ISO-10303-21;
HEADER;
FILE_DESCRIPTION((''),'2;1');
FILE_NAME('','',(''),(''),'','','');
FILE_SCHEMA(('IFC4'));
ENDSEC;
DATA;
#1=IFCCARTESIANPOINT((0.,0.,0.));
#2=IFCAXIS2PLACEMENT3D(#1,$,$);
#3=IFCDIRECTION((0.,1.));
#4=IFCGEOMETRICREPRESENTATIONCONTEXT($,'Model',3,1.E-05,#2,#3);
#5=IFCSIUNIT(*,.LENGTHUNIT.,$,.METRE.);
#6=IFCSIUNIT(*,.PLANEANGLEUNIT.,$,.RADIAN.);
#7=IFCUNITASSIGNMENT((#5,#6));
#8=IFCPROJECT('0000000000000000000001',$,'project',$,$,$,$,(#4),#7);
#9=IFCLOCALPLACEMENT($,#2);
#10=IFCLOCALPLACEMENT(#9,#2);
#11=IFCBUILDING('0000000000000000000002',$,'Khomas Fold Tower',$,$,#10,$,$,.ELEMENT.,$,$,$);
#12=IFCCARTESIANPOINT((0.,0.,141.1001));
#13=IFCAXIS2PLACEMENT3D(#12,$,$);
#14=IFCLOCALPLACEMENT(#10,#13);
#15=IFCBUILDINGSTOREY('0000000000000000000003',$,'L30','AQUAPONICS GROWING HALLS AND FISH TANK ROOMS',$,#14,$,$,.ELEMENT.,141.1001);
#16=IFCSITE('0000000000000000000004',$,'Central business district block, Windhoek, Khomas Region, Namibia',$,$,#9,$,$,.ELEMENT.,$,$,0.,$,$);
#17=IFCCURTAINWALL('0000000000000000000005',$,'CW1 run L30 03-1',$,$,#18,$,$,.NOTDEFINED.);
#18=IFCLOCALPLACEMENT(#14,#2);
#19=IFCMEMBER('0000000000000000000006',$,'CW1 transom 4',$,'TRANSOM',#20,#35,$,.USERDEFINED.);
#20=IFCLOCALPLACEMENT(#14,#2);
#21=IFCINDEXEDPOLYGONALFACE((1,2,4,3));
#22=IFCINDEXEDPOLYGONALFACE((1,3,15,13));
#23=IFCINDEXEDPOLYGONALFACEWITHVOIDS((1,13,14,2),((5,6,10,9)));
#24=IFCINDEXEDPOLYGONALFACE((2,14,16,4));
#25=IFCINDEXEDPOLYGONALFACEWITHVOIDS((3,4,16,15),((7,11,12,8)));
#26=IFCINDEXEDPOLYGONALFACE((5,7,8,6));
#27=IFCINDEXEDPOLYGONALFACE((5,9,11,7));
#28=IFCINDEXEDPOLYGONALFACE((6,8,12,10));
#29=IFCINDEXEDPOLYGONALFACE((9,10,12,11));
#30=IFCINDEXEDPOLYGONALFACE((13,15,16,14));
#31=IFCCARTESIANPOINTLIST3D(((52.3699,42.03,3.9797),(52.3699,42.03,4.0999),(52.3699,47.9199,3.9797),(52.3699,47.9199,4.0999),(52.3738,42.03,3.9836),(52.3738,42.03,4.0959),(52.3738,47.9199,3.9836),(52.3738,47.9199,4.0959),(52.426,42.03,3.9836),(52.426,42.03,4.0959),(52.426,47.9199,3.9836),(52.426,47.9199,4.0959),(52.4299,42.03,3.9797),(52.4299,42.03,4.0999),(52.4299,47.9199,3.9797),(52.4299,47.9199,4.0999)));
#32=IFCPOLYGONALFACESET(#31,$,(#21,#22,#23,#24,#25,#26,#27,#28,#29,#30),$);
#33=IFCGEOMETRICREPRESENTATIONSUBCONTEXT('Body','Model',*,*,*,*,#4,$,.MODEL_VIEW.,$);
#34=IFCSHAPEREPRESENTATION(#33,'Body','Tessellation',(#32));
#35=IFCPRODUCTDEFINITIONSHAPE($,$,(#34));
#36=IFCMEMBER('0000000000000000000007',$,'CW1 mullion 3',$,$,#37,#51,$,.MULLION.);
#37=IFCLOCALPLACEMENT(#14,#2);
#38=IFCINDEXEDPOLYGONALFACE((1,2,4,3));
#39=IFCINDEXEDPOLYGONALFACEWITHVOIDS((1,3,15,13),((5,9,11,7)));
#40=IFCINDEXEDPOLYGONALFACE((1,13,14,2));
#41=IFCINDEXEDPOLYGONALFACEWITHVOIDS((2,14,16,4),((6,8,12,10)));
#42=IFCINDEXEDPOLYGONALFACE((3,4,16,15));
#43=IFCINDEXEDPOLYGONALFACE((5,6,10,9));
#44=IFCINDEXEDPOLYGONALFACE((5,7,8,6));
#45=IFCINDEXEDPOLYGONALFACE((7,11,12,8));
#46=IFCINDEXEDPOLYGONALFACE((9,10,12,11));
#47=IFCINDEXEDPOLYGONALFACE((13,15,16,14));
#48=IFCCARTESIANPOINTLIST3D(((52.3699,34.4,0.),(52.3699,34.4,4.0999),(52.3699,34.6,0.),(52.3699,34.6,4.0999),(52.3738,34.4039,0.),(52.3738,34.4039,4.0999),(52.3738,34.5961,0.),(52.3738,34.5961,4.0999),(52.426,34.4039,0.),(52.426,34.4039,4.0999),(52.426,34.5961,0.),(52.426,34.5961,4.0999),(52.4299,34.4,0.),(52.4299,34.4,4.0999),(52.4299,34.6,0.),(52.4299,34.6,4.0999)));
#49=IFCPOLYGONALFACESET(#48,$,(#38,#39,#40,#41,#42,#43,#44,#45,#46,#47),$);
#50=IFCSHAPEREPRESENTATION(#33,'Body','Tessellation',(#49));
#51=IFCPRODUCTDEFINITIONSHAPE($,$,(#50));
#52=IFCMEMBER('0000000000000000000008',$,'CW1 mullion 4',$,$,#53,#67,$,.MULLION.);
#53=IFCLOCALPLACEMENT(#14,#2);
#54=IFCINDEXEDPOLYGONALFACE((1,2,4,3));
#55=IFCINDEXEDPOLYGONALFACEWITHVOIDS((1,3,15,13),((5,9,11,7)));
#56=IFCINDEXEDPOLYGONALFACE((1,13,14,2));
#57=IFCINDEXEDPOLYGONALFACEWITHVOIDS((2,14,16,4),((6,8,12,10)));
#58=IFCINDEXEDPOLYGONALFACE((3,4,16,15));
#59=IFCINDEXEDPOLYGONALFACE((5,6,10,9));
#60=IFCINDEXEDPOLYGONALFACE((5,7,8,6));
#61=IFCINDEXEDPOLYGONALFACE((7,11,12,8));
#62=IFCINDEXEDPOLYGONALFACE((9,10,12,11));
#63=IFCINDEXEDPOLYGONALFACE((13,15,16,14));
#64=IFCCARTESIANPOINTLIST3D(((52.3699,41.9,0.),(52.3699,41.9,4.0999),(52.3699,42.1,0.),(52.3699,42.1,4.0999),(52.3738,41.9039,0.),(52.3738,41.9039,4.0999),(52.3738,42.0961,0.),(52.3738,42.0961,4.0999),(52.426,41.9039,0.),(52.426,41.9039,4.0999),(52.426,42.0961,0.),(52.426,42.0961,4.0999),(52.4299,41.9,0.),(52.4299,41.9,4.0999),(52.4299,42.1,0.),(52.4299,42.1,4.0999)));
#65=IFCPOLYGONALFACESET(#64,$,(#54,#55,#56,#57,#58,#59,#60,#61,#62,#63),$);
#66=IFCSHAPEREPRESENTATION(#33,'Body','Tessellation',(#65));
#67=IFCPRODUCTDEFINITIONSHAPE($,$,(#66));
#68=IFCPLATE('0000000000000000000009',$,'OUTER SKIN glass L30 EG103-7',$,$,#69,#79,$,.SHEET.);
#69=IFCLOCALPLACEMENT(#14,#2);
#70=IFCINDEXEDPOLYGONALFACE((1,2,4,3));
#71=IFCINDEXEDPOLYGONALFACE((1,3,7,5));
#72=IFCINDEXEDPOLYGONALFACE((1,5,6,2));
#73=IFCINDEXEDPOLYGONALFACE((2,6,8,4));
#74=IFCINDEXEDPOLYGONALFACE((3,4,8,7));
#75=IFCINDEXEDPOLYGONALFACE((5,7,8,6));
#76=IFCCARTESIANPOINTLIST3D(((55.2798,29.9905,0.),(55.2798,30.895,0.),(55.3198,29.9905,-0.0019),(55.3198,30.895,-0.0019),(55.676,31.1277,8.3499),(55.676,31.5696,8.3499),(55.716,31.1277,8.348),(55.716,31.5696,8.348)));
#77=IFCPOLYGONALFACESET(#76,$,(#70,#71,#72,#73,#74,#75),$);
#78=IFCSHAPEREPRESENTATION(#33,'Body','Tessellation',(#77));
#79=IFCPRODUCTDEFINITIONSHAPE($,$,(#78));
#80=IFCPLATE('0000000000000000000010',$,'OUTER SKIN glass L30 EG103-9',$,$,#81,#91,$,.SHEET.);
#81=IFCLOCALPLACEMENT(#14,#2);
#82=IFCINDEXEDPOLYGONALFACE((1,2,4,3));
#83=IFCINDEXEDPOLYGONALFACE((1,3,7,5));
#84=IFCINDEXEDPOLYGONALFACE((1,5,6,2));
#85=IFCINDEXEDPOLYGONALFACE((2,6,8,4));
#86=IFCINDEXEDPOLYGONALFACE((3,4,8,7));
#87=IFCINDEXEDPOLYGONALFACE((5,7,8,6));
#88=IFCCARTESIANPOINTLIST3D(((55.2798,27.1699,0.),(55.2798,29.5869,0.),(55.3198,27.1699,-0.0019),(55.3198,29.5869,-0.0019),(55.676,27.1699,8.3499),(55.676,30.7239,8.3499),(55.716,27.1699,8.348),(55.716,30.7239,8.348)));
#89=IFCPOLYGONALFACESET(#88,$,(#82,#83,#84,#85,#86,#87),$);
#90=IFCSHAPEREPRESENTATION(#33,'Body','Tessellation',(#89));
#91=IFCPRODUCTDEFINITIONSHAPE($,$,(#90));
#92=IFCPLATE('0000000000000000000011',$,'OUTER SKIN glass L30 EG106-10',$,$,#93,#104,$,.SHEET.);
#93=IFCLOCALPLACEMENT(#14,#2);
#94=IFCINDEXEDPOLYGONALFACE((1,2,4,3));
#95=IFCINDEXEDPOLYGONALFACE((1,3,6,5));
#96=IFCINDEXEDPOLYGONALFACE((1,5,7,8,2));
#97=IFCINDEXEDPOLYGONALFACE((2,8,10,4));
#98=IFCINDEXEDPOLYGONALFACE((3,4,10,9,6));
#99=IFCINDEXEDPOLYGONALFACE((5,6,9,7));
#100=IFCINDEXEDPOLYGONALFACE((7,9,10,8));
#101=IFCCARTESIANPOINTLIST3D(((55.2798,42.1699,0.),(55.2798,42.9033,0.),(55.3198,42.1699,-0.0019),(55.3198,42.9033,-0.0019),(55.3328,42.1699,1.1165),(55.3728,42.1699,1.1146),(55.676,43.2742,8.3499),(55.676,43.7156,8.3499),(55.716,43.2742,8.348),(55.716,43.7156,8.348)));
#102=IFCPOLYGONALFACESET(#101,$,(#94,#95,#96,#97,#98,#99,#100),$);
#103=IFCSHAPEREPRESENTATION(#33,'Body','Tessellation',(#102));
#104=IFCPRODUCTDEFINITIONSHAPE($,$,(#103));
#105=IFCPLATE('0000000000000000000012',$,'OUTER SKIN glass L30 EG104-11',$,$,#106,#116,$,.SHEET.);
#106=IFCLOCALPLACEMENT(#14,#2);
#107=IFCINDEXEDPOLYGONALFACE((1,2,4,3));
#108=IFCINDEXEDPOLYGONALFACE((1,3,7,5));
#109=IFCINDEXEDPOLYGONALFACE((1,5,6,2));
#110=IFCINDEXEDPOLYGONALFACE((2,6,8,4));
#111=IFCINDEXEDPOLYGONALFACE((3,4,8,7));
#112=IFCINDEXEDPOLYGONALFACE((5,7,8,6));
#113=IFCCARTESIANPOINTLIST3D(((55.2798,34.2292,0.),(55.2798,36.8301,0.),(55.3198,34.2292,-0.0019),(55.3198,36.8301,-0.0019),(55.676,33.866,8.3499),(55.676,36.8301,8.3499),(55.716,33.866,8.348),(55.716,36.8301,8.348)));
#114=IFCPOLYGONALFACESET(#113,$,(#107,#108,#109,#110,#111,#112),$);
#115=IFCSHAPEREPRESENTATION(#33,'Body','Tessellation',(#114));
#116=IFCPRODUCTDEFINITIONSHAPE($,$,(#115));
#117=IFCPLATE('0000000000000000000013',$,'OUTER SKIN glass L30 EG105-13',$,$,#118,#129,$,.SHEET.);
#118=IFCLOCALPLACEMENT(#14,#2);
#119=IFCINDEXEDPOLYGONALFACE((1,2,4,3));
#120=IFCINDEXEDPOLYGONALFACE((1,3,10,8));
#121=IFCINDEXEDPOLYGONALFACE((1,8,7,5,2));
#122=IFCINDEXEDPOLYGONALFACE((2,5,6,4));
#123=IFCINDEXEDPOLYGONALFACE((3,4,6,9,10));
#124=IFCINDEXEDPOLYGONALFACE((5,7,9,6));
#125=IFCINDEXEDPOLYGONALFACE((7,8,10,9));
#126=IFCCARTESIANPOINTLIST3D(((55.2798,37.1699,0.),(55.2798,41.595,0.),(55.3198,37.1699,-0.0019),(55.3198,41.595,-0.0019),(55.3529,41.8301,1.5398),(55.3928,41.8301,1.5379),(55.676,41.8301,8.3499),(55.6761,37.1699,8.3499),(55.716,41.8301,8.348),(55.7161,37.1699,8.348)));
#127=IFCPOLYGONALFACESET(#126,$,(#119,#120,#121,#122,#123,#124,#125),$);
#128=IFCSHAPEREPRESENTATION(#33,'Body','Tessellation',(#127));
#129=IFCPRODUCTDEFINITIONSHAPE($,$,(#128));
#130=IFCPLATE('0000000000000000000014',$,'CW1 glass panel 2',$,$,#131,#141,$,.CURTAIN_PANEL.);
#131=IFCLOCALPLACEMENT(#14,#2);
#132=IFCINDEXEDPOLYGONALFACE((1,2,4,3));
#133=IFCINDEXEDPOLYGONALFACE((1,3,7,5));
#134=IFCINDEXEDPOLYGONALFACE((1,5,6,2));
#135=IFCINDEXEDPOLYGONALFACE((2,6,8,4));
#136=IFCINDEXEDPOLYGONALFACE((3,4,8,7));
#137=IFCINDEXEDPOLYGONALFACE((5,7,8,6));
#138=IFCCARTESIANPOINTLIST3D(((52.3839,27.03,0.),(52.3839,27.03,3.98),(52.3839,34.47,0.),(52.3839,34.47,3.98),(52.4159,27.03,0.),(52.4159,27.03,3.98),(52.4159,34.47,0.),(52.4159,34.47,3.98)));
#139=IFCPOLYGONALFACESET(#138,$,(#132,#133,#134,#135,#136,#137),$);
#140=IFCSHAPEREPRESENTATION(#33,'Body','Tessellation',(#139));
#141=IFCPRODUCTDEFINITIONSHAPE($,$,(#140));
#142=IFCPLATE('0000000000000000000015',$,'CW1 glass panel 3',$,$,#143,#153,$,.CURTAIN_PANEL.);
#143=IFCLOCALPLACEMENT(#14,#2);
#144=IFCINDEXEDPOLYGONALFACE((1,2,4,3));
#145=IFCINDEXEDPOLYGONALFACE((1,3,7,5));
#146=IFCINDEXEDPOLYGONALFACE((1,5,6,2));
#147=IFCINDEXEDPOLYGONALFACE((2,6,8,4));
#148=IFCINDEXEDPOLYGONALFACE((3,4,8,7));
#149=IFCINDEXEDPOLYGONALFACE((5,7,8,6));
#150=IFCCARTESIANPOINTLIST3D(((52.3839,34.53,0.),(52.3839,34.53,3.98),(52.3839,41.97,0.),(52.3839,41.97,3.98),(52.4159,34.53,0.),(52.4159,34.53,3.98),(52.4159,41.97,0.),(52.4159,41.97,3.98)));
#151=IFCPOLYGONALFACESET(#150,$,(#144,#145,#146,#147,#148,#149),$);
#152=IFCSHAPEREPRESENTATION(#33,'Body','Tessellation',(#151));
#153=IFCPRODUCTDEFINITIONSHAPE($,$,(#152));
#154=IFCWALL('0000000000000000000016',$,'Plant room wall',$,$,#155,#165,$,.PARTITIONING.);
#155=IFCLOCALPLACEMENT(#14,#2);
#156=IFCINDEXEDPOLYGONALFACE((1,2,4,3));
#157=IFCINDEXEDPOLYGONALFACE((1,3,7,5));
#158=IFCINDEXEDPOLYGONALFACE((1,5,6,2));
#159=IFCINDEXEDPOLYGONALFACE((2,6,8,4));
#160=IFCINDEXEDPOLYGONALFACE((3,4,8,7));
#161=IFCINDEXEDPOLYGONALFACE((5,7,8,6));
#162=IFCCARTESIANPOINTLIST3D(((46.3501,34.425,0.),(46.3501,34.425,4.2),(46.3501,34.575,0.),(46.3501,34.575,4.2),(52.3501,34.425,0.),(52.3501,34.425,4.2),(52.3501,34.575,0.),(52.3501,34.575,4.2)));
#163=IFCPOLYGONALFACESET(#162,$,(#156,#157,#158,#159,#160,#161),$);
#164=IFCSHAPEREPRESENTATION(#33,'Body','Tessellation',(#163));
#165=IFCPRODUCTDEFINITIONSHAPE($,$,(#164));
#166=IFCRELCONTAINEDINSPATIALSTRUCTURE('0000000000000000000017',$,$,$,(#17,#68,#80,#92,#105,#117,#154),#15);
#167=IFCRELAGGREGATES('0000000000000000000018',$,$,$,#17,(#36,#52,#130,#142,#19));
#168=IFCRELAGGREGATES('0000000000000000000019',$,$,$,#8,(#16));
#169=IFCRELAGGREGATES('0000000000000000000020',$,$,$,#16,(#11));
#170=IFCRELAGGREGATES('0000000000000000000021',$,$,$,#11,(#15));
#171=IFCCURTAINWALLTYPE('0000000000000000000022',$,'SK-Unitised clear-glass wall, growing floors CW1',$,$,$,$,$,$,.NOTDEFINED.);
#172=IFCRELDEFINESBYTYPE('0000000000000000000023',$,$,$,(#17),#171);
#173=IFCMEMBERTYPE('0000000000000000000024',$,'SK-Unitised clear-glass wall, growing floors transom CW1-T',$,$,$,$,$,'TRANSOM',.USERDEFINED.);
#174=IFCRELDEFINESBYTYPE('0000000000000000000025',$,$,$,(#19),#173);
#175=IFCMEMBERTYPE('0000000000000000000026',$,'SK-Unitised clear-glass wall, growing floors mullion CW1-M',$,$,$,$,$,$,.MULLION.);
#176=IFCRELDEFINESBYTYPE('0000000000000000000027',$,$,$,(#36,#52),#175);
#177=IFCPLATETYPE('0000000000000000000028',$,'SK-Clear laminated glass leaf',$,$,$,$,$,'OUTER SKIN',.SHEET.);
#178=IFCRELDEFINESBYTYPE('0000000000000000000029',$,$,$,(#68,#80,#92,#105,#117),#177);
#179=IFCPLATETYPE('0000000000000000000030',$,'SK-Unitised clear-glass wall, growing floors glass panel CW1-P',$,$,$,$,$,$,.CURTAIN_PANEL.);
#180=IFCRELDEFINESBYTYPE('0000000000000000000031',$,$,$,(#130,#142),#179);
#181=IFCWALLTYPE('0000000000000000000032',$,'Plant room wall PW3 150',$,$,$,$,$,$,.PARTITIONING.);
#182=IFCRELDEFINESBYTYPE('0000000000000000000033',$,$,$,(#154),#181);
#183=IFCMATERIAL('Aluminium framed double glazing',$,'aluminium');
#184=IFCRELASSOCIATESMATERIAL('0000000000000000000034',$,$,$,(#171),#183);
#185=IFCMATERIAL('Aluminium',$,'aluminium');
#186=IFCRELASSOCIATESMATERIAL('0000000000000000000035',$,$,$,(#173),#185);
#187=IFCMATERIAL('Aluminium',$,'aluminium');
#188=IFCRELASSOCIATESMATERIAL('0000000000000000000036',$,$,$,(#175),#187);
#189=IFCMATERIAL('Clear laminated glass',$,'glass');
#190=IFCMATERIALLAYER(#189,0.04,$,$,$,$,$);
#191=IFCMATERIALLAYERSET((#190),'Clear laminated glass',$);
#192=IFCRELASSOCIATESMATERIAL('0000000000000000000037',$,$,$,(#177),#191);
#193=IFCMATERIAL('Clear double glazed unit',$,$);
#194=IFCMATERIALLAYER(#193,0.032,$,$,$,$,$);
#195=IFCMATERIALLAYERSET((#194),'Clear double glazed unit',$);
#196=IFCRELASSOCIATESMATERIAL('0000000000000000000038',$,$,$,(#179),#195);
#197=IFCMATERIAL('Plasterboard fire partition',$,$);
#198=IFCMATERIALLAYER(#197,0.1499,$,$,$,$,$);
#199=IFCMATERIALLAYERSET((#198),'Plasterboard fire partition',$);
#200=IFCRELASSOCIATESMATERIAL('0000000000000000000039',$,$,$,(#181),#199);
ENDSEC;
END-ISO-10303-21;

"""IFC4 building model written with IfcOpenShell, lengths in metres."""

from ifc_helpers import new_model, si_unit, direction, frame, frame_2d, origin, origin_2d, place, context, subcontext, project, spatial, polyline, rectangle, hollow_rectangle, outline, extrude, source, transform, mapped, material, layer, layer_set, material_profile, profile_set, type_object, element, aggregate, save


model = new_model("IFC4")

# Units and contexts
model_context = context("Model", 3, precision=1e-05, world=origin(), true_north=direction((0.0, 1.0)))
body_context = subcontext(model_context, "Body", "Model", "MODEL_VIEW")
ifc_project = project(units=[si_unit("LENGTHUNIT", "METRE"), si_unit("PLANEANGLEUNIT", "RADIAN")], contexts=[model_context])

# Site, building, storey
site_placement = place(None, origin())
site = spatial("IfcSite", under=ifc_project, at=site_placement, Name="Central business district block, Windhoek, Khomas Region, Namibia", CompositionType="ELEMENT", RefElevation=0.0)
building_placement = place(site_placement, origin())
building = spatial("IfcBuilding", under=site, at=building_placement, Name="Khomas Fold Tower", CompositionType="ELEMENT")
storey_placement = place(building_placement, frame((0.0, 0.0, 141.1001)))
storey = spatial("IfcBuildingStorey", under=building, at=storey_placement, Name="L30", Description="AQUAPONICS GROWING HALLS AND FISH TANK ROOMS", CompositionType="ELEMENT", Elevation=141.1001)

# Curtain wall, members
ifc_material_1 = material(Name="Aluminium framed double glazing", Category="aluminium")
curtain_wall_type = type_object("IfcCurtainWallType", Name="SK-Unitised clear-glass wall, growing floors CW1", PredefinedType="NOTDEFINED", material=ifc_material_1)
curtain_wall_placement = place(storey_placement, origin())
curtain_wall = element("IfcCurtainWall", 1, at=curtain_wall_placement, inside=storey, type_object=curtain_wall_type, Name="CW1 run L30 03-1", PredefinedType="NOTDEFINED")
ifc_material_2 = material(Name="Aluminium", Category="aluminium")
ifc_material_profile_1 = material_profile(ifc_material_2, hollow_rectangle(XDim=0.0601, YDim=0.1201, WallThickness=0.0039, at=origin_2d()), Name="SK-Unitised clear-glass wall, growing floors transom CW1-T")
ifc_profile_set_1 = profile_set([ifc_material_profile_1], Name="Aluminium")
member_type_1 = type_object("IfcMemberType", Name="SK-Unitised clear-glass wall, growing floors transom CW1-T", ElementType="TRANSOM", PredefinedType="USERDEFINED", material=ifc_profile_set_1)
shared_shape_1 = source(origin(), body_context, "Body", "SweptSolid", [
    extrude(hollow_rectangle(XDim=0.0601, YDim=0.1201, WallThickness=0.0039, at=origin_2d()), origin(), (0.0, 0.0, 1.0), 5.8899),
])
member_1_placement = place(storey_placement, frame((52.3999, 42.03, 4.0398), z_axis=(0.0, 1.0, 0.0), x_axis=(-1.0, 0.0, 0.0)))
member_1 = element("IfcMember", 2, at=member_1_placement, type_object=member_type_1, Name="CW1 transom 4", ObjectType="TRANSOM", PredefinedType="USERDEFINED", context=body_context, shape_type="MappedRepresentation", body=[
    mapped(shared_shape_1, transform((0.0, 0.0, 0.0))),
])
ifc_material_3 = material(Name="Aluminium", Category="aluminium")
ifc_material_profile_2 = material_profile(ifc_material_3, hollow_rectangle(XDim=0.0601, YDim=0.2, WallThickness=0.0039, at=origin_2d()), Name="SK-Unitised clear-glass wall, growing floors mullion CW1-M")
ifc_profile_set_2 = profile_set([ifc_material_profile_2], Name="Aluminium")
member_type_2 = type_object("IfcMemberType", Name="SK-Unitised clear-glass wall, growing floors mullion CW1-M", PredefinedType="MULLION", material=ifc_profile_set_2)
shared_shape_2 = source(origin(), body_context, "Body", "SweptSolid", [
    extrude(hollow_rectangle(XDim=0.0601, YDim=0.2, WallThickness=0.0039, at=origin_2d()), origin(), (0.0, 0.0, 1.0), 4.0999),
])
member_2_placement = place(storey_placement, frame((52.3999, 34.5, 0.0), z_axis=(0.0, 0.0, 1.0), x_axis=(-1.0, 0.0, 0.0)))
member_2 = element("IfcMember", 3, at=member_2_placement, type_object=member_type_2, Name="CW1 mullion 3", PredefinedType="MULLION", context=body_context, shape_type="MappedRepresentation", body=[
    mapped(shared_shape_2, transform((0.0, 0.0, 0.0))),
])
member_3_placement = place(storey_placement, frame((52.3999, 42.0, 0.0), z_axis=(0.0, 0.0, 1.0), x_axis=(-1.0, 0.0, 0.0)))
member_3 = element("IfcMember", 4, at=member_3_placement, type_object=member_type_2, Name="CW1 mullion 4", PredefinedType="MULLION", context=body_context, shape_type="MappedRepresentation", body=[
    mapped(shared_shape_2, transform((0.0, 0.0, 0.0))),
])

# Plates
ifc_material_4 = material(Name="Clear laminated glass", Category="glass")
ifc_layer_1 = layer(ifc_material_4, 0.04)
ifc_layer_set_1 = layer_set([ifc_layer_1], Name="Clear laminated glass")
plate_type_1 = type_object("IfcPlateType", Name="SK-Clear laminated glass leaf", ElementType="OUTER SKIN", PredefinedType="SHEET", material=ifc_layer_set_1)
plate_1_placement = place(storey_placement, frame((55.676, 31.1277, 8.3499), z_axis=(-0.998876, 0.0, 0.047401), x_axis=(0.0, 1.0, 0.0)))
element("IfcPlate", 5, at=plate_1_placement, inside=storey, type_object=plate_type_1, Name="OUTER SKIN glass L30 EG103-7", PredefinedType="SHEET", context=body_context, shape_type="SweptSolid", body=[
    extrude(outline(polyline([(0.0, 0.0), (0.4419, 0.0), (-0.2327, 8.3592), (-1.1372, 8.3592), (0.0, 0.0)])), origin(), (0.0, 0.0, -1.0), 0.04),
])
plate_2_placement = place(storey_placement, frame((55.676, 30.7239, 8.3499), z_axis=(-0.998876, 0.0, 0.047401), x_axis=(-0.046969, -0.134772, -0.989763)))
element("IfcPlate", 6, at=plate_2_placement, inside=storey, type_object=plate_type_1, Name="OUTER SKIN glass L30 EG103-9", PredefinedType="SHEET", context=body_context, shape_type="SweptSolid", body=[
    extrude(outline(polyline([(0.0, 0.0), (8.4362, 0.0), (8.762, 2.3949), (0.479, 3.5215), (0.0, 0.0)])), origin(), (0.0, 0.0, -1.0), 0.04),
])
plate_3_placement = place(storey_placement, frame((55.676, 43.2742, 8.3499), z_axis=(-0.998876, 0.000002, 0.047401), x_axis=(0.000002, 1.0, 0.0)))
element("IfcPlate", 7, at=plate_3_placement, inside=storey, type_object=plate_type_1, Name="OUTER SKIN glass L30 EG106-10", PredefinedType="SHEET", context=body_context, shape_type="SweptSolid", body=[
    extrude(outline(polyline([(0.0, 0.0), (0.4414, 0.0), (-0.3708, 8.3592), (-1.1042, 8.3592), (-1.1042, 7.2415), (0.0, 0.0)])), origin(), (0.0, 0.0, -1.0), 0.04),
])
plate_4_placement = place(storey_placement, frame((55.676, 33.866, 8.3499), z_axis=(-0.998876, 0.0, 0.047401), x_axis=(0.0, 1.0, 0.0)))
element("IfcPlate", 8, at=plate_4_placement, inside=storey, type_object=plate_type_1, Name="OUTER SKIN glass L30 EG104-11", PredefinedType="SHEET", context=body_context, shape_type="SweptSolid", body=[
    extrude(outline(polyline([(0.0, 0.0), (2.9641, 0.0), (2.9641, 8.3592), (0.3633, 8.3592), (0.0, 0.0)])), origin(), (0.0, 0.0, -1.0), 0.04),
])
plate_5_placement = place(storey_placement, frame((55.676, 41.8301, 8.3499), z_axis=(-0.998876, -0.000008, 0.047402), x_axis=(-0.047402, 0.0, -0.998876)))
element("IfcPlate", 9, at=plate_5_placement, inside=storey, type_object=plate_type_1, Name="OUTER SKIN glass L30 EG105-13", PredefinedType="SHEET", context=body_context, shape_type="SweptSolid", body=[
    extrude(outline(polyline([(0.0, 0.0), (6.8177, 0.0), (8.3592, 0.2351), (8.3592, 4.6602), (0.0, 4.6602), (0.0, 0.0)])), origin(), (0.0, 0.0, -1.0), 0.04),
])

# Plates
ifc_material_5 = material(Name="Clear double glazed unit")
ifc_layer_2 = layer(ifc_material_5, 0.032)
ifc_layer_set_2 = layer_set([ifc_layer_2], Name="Clear double glazed unit")
plate_type_2 = type_object("IfcPlateType", Name="SK-Unitised clear-glass wall, growing floors glass panel CW1-P", PredefinedType="CURTAIN_PANEL", material=ifc_layer_set_2)
shared_shape_3 = source(origin(), body_context, "Body", "SweptSolid", [
    extrude(rectangle(XDim=7.4399, YDim=0.032, at=origin_2d()), origin(), (0.0, 0.0, 1.0), 3.98),
])
plate_6_placement = place(storey_placement, frame((52.3999, 30.75, 0.0), z_axis=(0.0, 0.0, 1.0), x_axis=(0.0, 1.0, 0.0)))
plate_6 = element("IfcPlate", 10, at=plate_6_placement, type_object=plate_type_2, Name="CW1 glass panel 2", PredefinedType="CURTAIN_PANEL", context=body_context, shape_type="MappedRepresentation", body=[
    mapped(shared_shape_3, transform((0.0, 0.0, 0.0))),
])
plate_7_placement = place(storey_placement, frame((52.3999, 38.25, 0.0), z_axis=(0.0, 0.0, 1.0), x_axis=(0.0, 1.0, 0.0)))
plate_7 = element("IfcPlate", 11, at=plate_7_placement, type_object=plate_type_2, Name="CW1 glass panel 3", PredefinedType="CURTAIN_PANEL", context=body_context, shape_type="MappedRepresentation", body=[
    mapped(shared_shape_3, transform((0.0, 0.0, 0.0))),
])
aggregate(curtain_wall, [member_2, member_3, plate_6, plate_7, member_1])

# Wall
ifc_material_6 = material(Name="Plasterboard fire partition")
ifc_layer_3 = layer(ifc_material_6, 0.1499)
ifc_layer_set_3 = layer_set([ifc_layer_3], Name="Plasterboard fire partition")
wall_type_1 = type_object("IfcWallType", Name="Plant room wall PW3 150", PredefinedType="PARTITIONING", material=ifc_layer_set_3)
shared_shape_4 = source(origin(), body_context, "Body", "SweptSolid", [
    extrude(rectangle(XDim=6.0, YDim=0.1499, at=frame_2d((3.0, 0.0))), origin(), (0.0, 0.0, 1.0), 4.2),
])
wall_1_placement = place(storey_placement, frame((46.3501, 34.5, 0.0), z_axis=(0.0, 0.0, 1.0), x_axis=(1.0, 0.0, 0.0)))
element("IfcWall", 12, at=wall_1_placement, inside=storey, type_object=wall_type_1, Name="Plant room wall", PredefinedType="PARTITIONING", context=body_context, shape_type="MappedRepresentation", body=[
    mapped(shared_shape_4, transform((0.0, 0.0, 0.0))),
])

save(model, "model.ifc")
